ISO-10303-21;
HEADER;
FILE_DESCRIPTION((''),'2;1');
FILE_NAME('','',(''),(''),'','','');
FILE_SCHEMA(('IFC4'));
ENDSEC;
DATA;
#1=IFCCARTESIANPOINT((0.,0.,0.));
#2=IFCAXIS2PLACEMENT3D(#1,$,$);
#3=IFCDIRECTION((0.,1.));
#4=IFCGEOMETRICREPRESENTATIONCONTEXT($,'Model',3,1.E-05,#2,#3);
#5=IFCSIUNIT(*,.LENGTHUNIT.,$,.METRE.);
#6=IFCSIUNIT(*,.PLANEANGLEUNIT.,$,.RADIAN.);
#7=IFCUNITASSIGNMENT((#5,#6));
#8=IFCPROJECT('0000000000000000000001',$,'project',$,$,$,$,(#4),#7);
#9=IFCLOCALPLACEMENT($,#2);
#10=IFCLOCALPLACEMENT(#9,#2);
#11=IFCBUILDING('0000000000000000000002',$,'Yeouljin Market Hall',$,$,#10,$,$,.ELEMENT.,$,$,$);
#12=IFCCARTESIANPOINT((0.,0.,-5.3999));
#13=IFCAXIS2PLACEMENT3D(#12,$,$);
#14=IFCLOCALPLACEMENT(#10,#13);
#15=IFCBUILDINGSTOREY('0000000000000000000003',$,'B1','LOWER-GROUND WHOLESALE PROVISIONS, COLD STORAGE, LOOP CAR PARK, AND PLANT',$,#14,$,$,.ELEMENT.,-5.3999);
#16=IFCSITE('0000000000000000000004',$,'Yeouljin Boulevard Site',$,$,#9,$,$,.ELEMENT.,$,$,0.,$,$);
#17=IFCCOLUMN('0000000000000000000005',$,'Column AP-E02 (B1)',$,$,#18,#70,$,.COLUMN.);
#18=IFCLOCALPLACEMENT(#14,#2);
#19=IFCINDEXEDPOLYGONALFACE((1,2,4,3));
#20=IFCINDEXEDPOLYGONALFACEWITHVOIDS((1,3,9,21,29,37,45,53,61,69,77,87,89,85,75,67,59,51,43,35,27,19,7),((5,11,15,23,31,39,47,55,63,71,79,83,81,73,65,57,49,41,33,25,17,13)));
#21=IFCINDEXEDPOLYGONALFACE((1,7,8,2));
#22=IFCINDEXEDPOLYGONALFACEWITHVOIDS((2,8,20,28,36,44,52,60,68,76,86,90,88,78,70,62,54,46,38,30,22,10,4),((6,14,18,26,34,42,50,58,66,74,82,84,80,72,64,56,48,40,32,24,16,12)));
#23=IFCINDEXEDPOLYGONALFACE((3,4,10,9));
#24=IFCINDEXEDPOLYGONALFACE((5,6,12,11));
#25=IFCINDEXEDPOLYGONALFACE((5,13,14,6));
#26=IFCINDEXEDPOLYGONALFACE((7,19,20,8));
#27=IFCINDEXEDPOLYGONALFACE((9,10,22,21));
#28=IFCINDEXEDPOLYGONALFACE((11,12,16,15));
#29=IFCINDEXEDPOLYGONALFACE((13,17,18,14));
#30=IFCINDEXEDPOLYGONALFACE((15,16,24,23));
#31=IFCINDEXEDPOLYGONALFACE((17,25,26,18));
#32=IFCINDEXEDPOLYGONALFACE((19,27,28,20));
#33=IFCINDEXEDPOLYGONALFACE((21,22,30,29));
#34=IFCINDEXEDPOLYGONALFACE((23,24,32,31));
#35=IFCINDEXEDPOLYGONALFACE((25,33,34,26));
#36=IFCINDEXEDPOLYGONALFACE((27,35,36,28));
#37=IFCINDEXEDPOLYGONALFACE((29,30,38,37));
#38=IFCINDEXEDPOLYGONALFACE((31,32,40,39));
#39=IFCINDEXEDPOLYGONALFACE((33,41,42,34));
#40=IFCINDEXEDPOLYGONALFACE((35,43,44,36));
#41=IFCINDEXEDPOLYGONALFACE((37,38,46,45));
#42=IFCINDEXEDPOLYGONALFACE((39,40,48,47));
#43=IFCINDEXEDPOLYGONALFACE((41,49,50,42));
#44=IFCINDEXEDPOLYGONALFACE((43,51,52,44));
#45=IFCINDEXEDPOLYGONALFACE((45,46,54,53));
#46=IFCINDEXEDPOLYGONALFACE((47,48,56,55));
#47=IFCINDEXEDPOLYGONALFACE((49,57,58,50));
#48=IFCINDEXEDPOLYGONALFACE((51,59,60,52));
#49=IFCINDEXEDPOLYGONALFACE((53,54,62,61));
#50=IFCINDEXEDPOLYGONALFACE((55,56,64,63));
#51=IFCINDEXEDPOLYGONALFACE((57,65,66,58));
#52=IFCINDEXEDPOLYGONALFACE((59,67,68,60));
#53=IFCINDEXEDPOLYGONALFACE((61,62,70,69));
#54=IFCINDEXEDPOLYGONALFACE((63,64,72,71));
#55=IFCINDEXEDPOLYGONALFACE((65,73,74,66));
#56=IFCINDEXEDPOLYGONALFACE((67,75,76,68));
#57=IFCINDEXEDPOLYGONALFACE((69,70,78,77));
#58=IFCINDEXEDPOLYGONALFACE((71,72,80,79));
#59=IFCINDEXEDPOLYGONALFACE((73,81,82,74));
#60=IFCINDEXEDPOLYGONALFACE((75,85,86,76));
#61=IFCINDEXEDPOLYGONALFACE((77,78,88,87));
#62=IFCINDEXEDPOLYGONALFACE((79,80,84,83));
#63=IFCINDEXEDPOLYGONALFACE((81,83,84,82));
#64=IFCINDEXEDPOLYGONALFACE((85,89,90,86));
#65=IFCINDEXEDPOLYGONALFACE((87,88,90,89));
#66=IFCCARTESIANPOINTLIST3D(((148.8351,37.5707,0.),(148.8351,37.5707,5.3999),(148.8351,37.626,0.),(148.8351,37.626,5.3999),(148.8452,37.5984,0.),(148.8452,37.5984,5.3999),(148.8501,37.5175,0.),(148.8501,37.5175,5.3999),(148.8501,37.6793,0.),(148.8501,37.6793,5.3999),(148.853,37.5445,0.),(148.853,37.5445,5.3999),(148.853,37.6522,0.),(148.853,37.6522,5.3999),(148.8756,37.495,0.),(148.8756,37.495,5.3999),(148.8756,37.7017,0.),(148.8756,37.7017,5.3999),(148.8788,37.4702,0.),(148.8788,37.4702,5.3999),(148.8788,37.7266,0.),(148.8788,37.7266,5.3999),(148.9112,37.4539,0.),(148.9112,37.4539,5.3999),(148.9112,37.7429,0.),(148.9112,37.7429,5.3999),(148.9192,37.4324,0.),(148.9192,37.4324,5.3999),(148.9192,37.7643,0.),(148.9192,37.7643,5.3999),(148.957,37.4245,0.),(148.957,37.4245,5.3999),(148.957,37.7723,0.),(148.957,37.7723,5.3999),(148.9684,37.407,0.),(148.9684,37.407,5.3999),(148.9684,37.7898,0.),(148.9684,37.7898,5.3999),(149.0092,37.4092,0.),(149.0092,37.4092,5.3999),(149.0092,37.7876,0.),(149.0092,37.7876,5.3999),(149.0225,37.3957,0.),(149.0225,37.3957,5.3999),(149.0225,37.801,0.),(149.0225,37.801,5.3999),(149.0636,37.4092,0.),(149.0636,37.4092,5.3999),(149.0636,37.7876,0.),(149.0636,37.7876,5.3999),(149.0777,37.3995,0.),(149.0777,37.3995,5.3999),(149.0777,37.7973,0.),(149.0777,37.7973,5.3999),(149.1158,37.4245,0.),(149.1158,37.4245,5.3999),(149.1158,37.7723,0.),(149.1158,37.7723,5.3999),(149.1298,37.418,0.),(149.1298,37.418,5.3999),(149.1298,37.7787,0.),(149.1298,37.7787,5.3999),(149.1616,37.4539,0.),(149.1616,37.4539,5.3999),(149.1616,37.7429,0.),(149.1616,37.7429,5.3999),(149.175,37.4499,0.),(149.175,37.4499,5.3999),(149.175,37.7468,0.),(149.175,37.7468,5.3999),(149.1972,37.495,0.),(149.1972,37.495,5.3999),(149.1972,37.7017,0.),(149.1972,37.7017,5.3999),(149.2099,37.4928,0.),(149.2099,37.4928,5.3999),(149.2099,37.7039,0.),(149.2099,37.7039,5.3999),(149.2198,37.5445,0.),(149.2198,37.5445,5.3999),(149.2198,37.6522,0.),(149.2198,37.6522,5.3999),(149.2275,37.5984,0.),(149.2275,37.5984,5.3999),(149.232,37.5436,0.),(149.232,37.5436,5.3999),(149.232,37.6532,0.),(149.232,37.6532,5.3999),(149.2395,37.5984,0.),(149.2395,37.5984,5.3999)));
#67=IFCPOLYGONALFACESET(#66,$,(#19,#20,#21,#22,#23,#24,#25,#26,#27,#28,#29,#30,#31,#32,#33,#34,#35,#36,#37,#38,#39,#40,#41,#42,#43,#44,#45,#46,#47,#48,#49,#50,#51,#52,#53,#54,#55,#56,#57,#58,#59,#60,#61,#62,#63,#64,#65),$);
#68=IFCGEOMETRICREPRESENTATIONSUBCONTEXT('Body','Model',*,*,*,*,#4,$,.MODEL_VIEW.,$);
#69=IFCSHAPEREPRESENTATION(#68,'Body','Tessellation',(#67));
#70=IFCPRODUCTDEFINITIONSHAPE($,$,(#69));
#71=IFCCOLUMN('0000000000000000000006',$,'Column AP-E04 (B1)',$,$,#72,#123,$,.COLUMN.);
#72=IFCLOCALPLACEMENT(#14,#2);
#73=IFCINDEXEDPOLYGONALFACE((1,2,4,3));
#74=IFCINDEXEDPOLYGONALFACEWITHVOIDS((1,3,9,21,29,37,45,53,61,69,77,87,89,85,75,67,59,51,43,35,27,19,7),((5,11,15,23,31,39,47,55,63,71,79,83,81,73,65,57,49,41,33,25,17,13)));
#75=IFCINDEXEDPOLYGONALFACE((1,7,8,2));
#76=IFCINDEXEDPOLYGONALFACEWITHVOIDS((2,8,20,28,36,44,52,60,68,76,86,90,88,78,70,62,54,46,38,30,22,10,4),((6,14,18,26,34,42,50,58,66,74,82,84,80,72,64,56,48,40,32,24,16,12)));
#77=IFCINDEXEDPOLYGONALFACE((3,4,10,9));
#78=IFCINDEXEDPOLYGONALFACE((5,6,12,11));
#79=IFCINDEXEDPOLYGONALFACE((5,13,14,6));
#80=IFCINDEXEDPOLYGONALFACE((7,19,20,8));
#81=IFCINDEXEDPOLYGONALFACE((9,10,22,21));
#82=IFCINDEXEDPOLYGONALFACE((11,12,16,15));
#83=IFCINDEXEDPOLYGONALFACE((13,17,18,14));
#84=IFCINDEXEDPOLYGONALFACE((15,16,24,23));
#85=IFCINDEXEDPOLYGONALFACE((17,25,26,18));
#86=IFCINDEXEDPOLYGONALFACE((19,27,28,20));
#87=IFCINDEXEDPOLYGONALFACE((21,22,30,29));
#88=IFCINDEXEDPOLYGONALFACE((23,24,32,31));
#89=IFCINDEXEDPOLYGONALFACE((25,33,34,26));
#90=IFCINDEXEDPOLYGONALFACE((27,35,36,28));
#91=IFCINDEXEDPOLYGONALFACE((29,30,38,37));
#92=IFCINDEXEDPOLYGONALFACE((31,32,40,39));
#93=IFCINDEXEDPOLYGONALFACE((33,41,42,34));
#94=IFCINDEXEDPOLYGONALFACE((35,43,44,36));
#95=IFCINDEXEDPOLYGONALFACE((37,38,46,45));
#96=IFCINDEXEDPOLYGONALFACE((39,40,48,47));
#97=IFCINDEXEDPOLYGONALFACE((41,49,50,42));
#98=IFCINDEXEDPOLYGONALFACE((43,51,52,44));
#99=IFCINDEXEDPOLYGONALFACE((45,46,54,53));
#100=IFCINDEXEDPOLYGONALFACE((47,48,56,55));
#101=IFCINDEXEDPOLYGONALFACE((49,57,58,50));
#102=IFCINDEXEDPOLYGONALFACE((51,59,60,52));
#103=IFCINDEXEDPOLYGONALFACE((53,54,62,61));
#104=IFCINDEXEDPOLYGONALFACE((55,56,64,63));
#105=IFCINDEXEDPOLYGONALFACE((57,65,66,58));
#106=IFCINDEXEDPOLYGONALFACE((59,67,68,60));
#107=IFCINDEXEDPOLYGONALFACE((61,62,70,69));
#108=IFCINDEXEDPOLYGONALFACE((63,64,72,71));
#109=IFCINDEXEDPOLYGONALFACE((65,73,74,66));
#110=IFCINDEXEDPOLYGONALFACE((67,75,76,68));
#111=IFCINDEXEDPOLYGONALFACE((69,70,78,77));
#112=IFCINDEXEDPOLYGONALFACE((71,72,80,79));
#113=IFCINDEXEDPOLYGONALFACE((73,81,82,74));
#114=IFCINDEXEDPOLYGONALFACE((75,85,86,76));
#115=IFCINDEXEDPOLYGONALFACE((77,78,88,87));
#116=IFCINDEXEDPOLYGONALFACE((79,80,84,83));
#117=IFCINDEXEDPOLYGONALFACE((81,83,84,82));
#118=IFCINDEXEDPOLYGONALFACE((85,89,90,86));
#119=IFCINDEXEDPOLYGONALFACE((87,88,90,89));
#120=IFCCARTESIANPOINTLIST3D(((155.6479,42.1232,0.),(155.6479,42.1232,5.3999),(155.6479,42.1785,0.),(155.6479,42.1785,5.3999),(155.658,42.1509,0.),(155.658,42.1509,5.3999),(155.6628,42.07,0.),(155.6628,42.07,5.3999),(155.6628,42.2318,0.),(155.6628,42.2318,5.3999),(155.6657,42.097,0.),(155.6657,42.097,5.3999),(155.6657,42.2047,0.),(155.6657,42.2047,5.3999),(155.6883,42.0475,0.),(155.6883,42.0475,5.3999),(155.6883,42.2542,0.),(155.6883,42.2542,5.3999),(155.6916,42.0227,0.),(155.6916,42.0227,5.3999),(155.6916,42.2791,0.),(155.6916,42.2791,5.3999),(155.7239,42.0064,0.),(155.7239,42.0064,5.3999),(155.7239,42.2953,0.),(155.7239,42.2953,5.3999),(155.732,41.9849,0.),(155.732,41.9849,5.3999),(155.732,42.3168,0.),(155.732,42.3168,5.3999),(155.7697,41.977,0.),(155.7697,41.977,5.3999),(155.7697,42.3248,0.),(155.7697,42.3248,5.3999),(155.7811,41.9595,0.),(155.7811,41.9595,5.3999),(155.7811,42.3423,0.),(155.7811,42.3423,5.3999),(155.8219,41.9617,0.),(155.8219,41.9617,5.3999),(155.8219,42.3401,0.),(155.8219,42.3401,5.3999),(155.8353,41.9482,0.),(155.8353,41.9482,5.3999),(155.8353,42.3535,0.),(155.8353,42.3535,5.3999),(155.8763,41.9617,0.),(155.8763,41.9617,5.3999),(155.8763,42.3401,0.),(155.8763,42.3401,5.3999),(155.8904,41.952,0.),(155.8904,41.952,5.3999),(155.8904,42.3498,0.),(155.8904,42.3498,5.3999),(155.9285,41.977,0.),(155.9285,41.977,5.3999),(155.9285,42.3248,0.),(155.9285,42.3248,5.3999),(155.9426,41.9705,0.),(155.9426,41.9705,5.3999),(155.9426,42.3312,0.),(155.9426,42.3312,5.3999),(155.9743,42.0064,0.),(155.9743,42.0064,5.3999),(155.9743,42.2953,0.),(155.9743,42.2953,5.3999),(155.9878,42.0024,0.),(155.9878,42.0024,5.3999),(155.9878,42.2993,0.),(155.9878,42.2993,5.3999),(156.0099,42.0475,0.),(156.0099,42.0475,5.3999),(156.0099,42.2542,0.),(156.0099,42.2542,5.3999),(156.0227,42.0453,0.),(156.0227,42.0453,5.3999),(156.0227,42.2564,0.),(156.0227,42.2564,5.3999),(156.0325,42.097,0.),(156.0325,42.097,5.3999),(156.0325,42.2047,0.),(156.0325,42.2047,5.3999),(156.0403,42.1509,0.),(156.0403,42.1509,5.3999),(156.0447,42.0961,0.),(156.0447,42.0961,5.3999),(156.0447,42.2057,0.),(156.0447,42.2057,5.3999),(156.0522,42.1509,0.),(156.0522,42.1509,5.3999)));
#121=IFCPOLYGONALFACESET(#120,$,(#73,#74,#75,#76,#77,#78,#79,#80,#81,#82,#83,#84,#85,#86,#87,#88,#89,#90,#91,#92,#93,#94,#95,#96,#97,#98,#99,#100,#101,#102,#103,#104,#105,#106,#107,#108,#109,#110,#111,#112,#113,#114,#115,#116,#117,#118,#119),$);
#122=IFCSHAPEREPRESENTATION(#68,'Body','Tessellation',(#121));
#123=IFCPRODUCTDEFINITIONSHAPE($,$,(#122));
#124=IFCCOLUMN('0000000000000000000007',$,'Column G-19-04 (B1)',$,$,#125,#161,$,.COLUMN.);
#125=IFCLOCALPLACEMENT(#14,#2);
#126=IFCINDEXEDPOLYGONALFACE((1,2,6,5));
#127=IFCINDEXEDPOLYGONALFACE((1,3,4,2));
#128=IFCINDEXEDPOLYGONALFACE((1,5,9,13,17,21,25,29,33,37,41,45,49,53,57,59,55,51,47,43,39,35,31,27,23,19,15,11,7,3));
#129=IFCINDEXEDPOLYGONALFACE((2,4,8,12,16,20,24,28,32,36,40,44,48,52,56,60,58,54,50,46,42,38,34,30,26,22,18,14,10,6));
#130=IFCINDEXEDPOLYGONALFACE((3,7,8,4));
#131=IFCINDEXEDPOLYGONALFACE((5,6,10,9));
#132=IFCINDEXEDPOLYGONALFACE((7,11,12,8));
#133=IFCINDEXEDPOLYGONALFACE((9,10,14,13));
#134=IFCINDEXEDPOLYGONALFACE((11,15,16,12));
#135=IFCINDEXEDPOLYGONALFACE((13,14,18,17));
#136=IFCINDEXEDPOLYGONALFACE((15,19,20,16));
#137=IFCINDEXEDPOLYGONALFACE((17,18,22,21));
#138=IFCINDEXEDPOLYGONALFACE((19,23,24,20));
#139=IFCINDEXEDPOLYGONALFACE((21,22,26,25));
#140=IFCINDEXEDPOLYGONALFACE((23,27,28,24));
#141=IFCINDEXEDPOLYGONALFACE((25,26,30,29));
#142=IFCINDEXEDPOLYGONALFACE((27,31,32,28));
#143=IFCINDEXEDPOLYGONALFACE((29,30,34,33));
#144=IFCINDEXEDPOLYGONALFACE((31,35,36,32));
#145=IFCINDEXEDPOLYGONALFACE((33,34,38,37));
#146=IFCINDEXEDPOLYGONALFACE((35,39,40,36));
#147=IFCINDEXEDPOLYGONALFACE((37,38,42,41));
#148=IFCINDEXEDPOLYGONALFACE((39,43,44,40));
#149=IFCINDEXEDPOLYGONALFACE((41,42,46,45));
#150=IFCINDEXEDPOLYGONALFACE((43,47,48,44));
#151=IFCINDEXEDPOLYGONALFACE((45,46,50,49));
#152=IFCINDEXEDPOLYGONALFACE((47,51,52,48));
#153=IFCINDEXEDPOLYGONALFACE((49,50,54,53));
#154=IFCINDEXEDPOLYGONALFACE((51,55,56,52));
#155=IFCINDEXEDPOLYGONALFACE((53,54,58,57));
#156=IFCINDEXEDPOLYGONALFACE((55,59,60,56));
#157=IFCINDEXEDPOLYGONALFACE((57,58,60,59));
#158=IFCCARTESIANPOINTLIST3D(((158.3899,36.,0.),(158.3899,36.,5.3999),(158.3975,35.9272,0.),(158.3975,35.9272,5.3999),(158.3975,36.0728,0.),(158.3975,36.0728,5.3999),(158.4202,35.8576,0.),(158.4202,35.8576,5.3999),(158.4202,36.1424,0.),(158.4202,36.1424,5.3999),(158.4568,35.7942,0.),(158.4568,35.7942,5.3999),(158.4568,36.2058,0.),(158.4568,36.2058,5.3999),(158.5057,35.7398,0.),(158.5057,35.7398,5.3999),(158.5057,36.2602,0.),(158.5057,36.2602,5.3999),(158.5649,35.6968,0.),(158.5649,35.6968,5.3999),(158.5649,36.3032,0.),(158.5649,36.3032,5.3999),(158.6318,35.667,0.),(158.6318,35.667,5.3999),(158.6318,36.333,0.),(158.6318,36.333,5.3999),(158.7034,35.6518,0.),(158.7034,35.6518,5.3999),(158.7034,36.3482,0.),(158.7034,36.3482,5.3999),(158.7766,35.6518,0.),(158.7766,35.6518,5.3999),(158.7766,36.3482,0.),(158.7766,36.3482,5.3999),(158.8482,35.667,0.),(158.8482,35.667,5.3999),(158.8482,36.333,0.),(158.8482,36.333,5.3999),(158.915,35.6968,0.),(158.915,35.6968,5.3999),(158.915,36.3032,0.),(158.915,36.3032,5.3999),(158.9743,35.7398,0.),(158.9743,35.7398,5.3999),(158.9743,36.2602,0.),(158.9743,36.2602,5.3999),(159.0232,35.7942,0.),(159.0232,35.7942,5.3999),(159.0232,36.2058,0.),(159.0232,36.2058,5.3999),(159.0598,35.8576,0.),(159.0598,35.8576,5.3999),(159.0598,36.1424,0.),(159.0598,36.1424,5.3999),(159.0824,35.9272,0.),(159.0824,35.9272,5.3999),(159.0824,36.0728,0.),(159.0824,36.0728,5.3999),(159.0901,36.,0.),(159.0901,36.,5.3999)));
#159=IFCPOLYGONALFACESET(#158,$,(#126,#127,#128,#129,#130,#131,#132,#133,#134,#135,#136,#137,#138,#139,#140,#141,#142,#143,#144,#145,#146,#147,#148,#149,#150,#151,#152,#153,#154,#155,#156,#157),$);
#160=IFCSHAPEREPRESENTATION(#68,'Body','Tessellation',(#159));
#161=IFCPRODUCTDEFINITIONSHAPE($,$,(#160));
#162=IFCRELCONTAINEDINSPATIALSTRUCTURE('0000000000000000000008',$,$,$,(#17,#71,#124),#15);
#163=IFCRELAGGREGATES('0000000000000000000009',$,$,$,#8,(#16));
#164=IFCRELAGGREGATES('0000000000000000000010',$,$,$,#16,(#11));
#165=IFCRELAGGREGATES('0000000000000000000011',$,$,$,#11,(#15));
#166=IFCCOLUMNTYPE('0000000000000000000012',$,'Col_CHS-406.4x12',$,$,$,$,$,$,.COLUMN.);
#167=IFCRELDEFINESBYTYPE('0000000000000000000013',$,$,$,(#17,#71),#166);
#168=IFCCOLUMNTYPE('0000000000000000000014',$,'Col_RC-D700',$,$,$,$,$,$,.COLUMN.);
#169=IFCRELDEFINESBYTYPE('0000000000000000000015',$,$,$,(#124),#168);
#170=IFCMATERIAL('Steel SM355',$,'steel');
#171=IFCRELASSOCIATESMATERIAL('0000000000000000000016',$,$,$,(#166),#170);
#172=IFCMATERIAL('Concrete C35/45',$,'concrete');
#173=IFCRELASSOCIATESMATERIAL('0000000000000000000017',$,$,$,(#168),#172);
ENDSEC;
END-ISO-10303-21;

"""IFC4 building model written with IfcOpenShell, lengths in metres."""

from ifc_helpers import new_model, si_unit, direction, frame, origin, origin_2d, place, context, subcontext, project, spatial, circle, hollow_circle, extrude, material, material_profile, profile_set, type_object, element, save


model = new_model("IFC4")

# Units and contexts
model_context = context("Model", 3, precision=1e-05, world=origin(), true_north=direction((0.0, 1.0)))
body_context = subcontext(model_context, "Body", "Model", "MODEL_VIEW")
ifc_project = project(units=[si_unit("LENGTHUNIT", "METRE"), si_unit("PLANEANGLEUNIT", "RADIAN")], contexts=[model_context])

# Site, building, storey
site_placement = place(None, origin())
site = spatial("IfcSite", under=ifc_project, at=site_placement, Name="Yeouljin Boulevard Site", CompositionType="ELEMENT", RefElevation=0.0)
building_placement = place(site_placement, origin())
building = spatial("IfcBuilding", under=site, at=building_placement, Name="Yeouljin Market Hall", CompositionType="ELEMENT")
storey_placement = place(building_placement, frame((0.0, 0.0, -5.3999)))
storey = spatial("IfcBuildingStorey", under=building, at=storey_placement, Name="B1", Description="LOWER-GROUND WHOLESALE PROVISIONS, COLD STORAGE, LOOP CAR PARK, AND PLANT", CompositionType="ELEMENT", Elevation=-5.3999)

# Columns
ifc_material_1 = material(Name="Steel SM355", Category="steel")
ifc_material_profile_1 = material_profile(ifc_material_1, hollow_circle(Radius=0.2031, WallThickness=0.012, at=origin_2d()), Name="CHS-406.4x12")
ifc_profile_set_1 = profile_set([ifc_material_profile_1], Name="Steel SM355")
column_type_1 = type_object("IfcColumnType", Name="Col_CHS-406.4x12", PredefinedType="COLUMN", material=ifc_profile_set_1)
for number, where, z_axis, x_axis, name in (
    (1, (149.0364, 37.5984, 0.0), (0.0, 0.0, 1.0), (1.0, 0.0, 0.0), "Column AP-E02 (B1)"),
    (2, (155.8491, 42.1509, 0.0), (0.0, 0.0, 1.0), (1.0, 0.0, 0.0), "Column AP-E04 (B1)"),
):
    element("IfcColumn", number, at=place(storey_placement, frame(where, z_axis=z_axis, x_axis=x_axis)), inside=storey, type_object=column_type_1, Name=name, PredefinedType="COLUMN", context=body_context, shape_type="SweptSolid", body=[
        extrude(hollow_circle(Radius=0.2031, WallThickness=0.012, at=origin_2d()), origin(), (0.0, 0.0, 1.0), 5.3999),
    ])
ifc_material_2 = material(Name="Concrete C35/45", Category="concrete")
ifc_material_profile_2 = material_profile(ifc_material_2, circle(Radius=0.3501, at=origin_2d()), Name="RC-D700")
ifc_profile_set_2 = profile_set([ifc_material_profile_2], Name="Concrete C35/45")
column_type_2 = type_object("IfcColumnType", Name="Col_RC-D700", PredefinedType="COLUMN", material=ifc_profile_set_2)
column_placement = place(storey_placement, frame((158.74, 36.0, 0.0), z_axis=(0.0, 0.0, 1.0), x_axis=(1.0, 0.0, 0.0)))
element("IfcColumn", 3, at=column_placement, inside=storey, type_object=column_type_2, Name="Column G-19-04 (B1)", PredefinedType="COLUMN", context=body_context, shape_type="SweptSolid", body=[
    extrude(circle(Radius=0.3501, at=origin_2d()), origin(), (0.0, 0.0, 1.0), 5.3999),
])

save(model, "model.ifc")
